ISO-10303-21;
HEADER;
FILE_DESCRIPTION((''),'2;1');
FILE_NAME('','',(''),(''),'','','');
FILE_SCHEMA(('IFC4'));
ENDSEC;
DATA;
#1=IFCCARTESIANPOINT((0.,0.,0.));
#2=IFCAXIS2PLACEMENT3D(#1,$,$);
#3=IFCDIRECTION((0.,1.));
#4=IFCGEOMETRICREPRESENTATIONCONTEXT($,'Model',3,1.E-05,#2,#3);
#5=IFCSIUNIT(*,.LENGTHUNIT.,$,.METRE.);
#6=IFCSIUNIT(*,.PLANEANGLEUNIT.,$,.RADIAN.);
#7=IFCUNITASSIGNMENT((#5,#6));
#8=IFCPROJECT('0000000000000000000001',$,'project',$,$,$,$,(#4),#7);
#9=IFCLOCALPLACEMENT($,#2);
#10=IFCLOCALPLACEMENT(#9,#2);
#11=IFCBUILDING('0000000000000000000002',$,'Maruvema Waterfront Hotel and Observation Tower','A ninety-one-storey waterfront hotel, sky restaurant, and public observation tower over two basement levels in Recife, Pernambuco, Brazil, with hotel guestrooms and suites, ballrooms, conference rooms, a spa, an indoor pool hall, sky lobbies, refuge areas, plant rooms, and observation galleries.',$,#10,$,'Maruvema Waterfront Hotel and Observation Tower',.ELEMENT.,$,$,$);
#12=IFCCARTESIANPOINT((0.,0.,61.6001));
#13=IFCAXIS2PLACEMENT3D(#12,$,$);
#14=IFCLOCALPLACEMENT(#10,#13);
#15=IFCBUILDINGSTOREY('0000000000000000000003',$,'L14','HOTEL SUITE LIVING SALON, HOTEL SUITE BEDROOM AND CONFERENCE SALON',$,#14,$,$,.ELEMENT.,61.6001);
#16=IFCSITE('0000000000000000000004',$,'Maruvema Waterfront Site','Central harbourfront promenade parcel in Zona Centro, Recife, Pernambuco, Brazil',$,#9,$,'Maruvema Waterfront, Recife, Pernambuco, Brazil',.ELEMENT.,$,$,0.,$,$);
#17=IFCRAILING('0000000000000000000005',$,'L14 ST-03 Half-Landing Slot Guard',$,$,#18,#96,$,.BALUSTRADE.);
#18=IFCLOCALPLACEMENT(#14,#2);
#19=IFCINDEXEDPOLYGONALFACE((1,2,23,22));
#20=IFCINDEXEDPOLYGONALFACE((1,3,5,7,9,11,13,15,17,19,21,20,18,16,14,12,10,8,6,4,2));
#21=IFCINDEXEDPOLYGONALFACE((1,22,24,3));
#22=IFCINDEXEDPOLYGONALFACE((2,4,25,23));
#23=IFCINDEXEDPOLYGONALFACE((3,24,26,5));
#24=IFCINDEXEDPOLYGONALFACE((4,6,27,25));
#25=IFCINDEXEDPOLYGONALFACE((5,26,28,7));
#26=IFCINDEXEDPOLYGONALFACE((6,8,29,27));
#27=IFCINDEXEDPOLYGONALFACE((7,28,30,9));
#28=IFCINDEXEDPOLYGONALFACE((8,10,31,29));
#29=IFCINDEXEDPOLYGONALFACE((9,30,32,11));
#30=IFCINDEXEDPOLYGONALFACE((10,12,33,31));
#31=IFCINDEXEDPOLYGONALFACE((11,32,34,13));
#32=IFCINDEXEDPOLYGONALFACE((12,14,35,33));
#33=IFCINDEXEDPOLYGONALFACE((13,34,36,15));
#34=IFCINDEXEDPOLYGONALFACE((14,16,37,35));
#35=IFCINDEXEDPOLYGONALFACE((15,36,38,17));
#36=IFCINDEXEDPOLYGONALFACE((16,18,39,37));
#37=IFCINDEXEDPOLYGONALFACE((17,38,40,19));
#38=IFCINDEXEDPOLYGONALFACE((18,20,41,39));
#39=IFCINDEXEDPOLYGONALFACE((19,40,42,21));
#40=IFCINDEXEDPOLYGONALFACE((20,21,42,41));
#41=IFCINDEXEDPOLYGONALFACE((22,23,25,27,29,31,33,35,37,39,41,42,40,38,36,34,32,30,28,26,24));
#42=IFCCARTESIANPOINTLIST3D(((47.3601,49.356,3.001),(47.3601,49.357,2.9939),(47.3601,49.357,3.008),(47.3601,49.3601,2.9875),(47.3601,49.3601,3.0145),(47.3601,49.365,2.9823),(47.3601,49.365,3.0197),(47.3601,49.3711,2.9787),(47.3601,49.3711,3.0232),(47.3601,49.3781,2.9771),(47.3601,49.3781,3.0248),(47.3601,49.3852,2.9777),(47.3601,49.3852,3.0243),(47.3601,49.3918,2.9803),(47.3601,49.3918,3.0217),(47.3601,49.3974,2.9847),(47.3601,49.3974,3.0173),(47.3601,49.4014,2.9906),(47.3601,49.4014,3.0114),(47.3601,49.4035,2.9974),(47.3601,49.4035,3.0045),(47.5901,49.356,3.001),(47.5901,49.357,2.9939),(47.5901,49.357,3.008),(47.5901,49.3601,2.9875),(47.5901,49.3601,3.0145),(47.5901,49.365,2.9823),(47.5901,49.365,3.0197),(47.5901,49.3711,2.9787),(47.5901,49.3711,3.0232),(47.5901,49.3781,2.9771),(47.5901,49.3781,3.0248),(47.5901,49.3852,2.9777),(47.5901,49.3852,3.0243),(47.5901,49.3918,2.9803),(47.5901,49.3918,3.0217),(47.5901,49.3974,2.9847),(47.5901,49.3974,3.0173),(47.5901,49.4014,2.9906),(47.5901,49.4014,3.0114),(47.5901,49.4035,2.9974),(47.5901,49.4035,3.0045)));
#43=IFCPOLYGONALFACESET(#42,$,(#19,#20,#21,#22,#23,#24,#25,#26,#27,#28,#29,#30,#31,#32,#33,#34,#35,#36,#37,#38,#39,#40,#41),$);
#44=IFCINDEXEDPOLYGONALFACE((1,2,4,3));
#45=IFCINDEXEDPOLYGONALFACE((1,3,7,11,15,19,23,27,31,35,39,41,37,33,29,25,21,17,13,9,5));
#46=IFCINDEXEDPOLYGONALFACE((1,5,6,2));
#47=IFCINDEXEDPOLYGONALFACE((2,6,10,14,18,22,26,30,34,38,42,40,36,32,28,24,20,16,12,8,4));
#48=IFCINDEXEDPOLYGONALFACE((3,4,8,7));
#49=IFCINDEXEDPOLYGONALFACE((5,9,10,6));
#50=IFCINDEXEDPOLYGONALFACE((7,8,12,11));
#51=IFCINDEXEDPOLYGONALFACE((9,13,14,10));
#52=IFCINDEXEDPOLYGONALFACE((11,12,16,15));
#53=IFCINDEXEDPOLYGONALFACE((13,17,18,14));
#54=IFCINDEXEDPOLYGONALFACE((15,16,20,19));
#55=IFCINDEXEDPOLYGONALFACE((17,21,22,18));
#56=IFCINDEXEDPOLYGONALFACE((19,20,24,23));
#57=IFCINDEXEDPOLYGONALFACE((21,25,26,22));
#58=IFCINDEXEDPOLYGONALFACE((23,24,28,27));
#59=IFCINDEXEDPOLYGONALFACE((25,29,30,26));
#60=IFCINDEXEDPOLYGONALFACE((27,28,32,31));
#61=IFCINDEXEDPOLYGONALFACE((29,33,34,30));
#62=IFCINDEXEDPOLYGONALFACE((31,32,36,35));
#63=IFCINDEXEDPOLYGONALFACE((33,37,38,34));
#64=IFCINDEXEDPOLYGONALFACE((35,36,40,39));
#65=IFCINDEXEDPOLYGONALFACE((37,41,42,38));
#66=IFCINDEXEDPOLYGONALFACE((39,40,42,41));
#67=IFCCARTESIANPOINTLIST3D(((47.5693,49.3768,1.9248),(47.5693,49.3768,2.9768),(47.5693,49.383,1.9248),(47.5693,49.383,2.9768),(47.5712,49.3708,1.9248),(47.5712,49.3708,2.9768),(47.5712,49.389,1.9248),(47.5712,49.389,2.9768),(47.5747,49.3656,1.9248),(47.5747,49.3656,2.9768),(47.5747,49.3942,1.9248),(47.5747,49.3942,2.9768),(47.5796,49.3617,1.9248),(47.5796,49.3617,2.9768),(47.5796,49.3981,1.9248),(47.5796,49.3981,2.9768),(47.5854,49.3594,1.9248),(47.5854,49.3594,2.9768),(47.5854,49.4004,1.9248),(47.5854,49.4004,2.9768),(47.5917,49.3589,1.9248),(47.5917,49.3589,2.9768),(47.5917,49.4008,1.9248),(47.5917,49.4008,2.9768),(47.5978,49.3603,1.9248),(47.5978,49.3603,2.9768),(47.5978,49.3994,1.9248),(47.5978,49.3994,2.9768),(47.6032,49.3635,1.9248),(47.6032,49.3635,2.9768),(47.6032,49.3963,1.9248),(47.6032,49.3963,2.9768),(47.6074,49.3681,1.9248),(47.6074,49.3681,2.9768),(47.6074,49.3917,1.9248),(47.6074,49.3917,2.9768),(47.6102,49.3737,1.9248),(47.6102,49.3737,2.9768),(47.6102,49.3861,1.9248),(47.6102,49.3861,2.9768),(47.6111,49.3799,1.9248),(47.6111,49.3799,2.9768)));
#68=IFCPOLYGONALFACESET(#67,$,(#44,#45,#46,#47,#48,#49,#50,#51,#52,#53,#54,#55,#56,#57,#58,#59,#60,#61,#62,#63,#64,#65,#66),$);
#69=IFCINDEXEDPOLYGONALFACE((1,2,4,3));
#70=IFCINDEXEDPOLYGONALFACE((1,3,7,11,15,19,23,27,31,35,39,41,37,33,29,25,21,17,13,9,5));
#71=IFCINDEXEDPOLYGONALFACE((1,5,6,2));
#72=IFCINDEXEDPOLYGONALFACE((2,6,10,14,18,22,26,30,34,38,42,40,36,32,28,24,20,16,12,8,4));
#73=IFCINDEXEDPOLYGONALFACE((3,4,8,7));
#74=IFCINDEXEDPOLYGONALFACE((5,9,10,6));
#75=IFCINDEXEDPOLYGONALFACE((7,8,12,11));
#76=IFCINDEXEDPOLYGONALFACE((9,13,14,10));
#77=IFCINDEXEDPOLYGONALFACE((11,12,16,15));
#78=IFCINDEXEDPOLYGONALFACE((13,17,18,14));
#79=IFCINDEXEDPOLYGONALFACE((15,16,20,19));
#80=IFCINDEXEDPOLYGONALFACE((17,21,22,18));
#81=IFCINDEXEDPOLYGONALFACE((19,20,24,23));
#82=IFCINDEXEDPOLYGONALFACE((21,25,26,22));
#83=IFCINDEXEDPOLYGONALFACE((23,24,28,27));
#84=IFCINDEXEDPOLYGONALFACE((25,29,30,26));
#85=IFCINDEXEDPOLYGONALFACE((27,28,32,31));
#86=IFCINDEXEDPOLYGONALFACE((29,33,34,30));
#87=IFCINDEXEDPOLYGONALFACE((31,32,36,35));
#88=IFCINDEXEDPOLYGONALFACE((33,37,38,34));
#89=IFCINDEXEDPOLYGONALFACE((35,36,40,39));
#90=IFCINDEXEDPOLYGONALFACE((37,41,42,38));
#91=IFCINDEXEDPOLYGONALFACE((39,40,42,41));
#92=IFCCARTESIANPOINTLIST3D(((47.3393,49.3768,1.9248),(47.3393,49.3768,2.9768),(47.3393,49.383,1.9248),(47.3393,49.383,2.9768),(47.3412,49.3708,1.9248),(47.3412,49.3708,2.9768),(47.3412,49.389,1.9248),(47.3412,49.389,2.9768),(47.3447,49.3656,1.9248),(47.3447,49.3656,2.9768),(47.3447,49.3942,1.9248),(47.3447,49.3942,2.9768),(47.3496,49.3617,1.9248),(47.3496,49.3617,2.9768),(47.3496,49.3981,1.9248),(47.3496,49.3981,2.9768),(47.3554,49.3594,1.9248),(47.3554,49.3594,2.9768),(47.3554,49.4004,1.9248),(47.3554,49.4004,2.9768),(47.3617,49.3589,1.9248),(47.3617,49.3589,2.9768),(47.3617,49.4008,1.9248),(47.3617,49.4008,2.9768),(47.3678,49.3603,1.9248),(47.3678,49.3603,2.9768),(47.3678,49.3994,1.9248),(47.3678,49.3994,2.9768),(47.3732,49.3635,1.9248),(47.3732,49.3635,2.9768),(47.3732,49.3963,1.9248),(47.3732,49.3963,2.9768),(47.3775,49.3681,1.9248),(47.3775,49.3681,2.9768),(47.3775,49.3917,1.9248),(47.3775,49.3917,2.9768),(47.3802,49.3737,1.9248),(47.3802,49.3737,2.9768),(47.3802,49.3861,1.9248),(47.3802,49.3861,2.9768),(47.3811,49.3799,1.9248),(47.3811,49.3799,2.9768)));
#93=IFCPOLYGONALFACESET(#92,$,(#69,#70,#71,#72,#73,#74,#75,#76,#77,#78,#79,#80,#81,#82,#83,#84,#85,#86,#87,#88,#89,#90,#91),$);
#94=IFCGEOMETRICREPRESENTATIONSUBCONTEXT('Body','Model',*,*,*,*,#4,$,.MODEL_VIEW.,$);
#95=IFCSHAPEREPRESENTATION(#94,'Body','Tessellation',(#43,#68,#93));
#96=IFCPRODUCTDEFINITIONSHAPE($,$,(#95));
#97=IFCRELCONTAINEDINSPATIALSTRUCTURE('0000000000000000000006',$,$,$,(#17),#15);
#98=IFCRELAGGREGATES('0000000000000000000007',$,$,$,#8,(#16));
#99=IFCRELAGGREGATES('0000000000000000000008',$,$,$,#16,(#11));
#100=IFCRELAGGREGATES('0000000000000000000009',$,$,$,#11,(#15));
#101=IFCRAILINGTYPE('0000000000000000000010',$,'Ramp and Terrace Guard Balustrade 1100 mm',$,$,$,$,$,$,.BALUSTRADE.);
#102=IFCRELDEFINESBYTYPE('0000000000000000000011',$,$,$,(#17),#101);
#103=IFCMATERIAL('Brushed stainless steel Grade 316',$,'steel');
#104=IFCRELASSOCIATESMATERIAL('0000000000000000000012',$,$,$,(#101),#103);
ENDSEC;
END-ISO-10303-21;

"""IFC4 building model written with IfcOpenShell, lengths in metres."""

from ifc_helpers import new_model, si_unit, direction, frame, origin, origin_2d, place, context, subcontext, project, spatial, circle, extrude, material, type_object, element, save


model = new_model("IFC4")

# Units and contexts
model_context = context("Model", 3, precision=1e-05, world=origin(), true_north=direction((0.0, 1.0)))
body_context = subcontext(model_context, "Body", "Model", "MODEL_VIEW")
ifc_project = project(units=[si_unit("LENGTHUNIT", "METRE"), si_unit("PLANEANGLEUNIT", "RADIAN")], contexts=[model_context])

# Site, building, storey
site_placement = place(None, origin())
site = spatial("IfcSite", under=ifc_project, at=site_placement, Name="Maruvema Waterfront Site", Description="Central harbourfront promenade parcel in Zona Centro, Recife, Pernambuco, Brazil", LongName="Maruvema Waterfront, Recife, Pernambuco, Brazil", CompositionType="ELEMENT", RefElevation=0.0)
building_placement = place(site_placement, origin())
building = spatial("IfcBuilding", under=site, at=building_placement, Name="Maruvema Waterfront Hotel and Observation Tower", Description="A ninety-one-storey waterfront hotel, sky restaurant, and public observation tower over two basement levels in Recife, Pernambuco, Brazil, with hotel guestrooms and suites, ballrooms, conference rooms, a spa, an indoor pool hall, sky lobbies, refuge areas, plant rooms, and observation galleries.", LongName="Maruvema Waterfront Hotel and Observation Tower", CompositionType="ELEMENT")
storey_placement = place(building_placement, frame((0.0, 0.0, 61.6001)))
storey = spatial("IfcBuildingStorey", under=building, at=storey_placement, Name="L14", Description="HOTEL SUITE LIVING SALON, HOTEL SUITE BEDROOM AND CONFERENCE SALON", CompositionType="ELEMENT", Elevation=61.6001)

# Railing
ifc_material_1 = material(Name="Brushed stainless steel Grade 316", Category="steel")
railing_type_1 = type_object("IfcRailingType", Name="Ramp and Terrace Guard Balustrade 1100 mm", PredefinedType="BALUSTRADE", material=ifc_material_1)
railing_1_placement = place(storey_placement, frame((47.5901, 49.3799, 1.9248)))
element("IfcRailing", 1, at=railing_1_placement, inside=storey, type_object=railing_type_1, Name="L14 ST-03 Half-Landing Slot Guard", PredefinedType="BALUSTRADE", context=body_context, shape_type="SweptSolid", body=[
    extrude(circle(Radius=0.0239, at=origin_2d()), frame((0.0, 0.0, 1.0762), z_axis=(-1.0, 0.0, 0.0), x_axis=(0.0, -1.0, 0.0)), (0.0, 0.0, 1.0), 0.23),
    extrude(circle(Radius=0.021, at=origin_2d()), origin(), (0.0, 0.0, 1.0), 1.052),
    extrude(circle(Radius=0.021, at=origin_2d()), frame((-0.23, 0.0, 0.0)), (0.0, 0.0, 1.0), 1.052),
])

save(model, "model.ifc")
